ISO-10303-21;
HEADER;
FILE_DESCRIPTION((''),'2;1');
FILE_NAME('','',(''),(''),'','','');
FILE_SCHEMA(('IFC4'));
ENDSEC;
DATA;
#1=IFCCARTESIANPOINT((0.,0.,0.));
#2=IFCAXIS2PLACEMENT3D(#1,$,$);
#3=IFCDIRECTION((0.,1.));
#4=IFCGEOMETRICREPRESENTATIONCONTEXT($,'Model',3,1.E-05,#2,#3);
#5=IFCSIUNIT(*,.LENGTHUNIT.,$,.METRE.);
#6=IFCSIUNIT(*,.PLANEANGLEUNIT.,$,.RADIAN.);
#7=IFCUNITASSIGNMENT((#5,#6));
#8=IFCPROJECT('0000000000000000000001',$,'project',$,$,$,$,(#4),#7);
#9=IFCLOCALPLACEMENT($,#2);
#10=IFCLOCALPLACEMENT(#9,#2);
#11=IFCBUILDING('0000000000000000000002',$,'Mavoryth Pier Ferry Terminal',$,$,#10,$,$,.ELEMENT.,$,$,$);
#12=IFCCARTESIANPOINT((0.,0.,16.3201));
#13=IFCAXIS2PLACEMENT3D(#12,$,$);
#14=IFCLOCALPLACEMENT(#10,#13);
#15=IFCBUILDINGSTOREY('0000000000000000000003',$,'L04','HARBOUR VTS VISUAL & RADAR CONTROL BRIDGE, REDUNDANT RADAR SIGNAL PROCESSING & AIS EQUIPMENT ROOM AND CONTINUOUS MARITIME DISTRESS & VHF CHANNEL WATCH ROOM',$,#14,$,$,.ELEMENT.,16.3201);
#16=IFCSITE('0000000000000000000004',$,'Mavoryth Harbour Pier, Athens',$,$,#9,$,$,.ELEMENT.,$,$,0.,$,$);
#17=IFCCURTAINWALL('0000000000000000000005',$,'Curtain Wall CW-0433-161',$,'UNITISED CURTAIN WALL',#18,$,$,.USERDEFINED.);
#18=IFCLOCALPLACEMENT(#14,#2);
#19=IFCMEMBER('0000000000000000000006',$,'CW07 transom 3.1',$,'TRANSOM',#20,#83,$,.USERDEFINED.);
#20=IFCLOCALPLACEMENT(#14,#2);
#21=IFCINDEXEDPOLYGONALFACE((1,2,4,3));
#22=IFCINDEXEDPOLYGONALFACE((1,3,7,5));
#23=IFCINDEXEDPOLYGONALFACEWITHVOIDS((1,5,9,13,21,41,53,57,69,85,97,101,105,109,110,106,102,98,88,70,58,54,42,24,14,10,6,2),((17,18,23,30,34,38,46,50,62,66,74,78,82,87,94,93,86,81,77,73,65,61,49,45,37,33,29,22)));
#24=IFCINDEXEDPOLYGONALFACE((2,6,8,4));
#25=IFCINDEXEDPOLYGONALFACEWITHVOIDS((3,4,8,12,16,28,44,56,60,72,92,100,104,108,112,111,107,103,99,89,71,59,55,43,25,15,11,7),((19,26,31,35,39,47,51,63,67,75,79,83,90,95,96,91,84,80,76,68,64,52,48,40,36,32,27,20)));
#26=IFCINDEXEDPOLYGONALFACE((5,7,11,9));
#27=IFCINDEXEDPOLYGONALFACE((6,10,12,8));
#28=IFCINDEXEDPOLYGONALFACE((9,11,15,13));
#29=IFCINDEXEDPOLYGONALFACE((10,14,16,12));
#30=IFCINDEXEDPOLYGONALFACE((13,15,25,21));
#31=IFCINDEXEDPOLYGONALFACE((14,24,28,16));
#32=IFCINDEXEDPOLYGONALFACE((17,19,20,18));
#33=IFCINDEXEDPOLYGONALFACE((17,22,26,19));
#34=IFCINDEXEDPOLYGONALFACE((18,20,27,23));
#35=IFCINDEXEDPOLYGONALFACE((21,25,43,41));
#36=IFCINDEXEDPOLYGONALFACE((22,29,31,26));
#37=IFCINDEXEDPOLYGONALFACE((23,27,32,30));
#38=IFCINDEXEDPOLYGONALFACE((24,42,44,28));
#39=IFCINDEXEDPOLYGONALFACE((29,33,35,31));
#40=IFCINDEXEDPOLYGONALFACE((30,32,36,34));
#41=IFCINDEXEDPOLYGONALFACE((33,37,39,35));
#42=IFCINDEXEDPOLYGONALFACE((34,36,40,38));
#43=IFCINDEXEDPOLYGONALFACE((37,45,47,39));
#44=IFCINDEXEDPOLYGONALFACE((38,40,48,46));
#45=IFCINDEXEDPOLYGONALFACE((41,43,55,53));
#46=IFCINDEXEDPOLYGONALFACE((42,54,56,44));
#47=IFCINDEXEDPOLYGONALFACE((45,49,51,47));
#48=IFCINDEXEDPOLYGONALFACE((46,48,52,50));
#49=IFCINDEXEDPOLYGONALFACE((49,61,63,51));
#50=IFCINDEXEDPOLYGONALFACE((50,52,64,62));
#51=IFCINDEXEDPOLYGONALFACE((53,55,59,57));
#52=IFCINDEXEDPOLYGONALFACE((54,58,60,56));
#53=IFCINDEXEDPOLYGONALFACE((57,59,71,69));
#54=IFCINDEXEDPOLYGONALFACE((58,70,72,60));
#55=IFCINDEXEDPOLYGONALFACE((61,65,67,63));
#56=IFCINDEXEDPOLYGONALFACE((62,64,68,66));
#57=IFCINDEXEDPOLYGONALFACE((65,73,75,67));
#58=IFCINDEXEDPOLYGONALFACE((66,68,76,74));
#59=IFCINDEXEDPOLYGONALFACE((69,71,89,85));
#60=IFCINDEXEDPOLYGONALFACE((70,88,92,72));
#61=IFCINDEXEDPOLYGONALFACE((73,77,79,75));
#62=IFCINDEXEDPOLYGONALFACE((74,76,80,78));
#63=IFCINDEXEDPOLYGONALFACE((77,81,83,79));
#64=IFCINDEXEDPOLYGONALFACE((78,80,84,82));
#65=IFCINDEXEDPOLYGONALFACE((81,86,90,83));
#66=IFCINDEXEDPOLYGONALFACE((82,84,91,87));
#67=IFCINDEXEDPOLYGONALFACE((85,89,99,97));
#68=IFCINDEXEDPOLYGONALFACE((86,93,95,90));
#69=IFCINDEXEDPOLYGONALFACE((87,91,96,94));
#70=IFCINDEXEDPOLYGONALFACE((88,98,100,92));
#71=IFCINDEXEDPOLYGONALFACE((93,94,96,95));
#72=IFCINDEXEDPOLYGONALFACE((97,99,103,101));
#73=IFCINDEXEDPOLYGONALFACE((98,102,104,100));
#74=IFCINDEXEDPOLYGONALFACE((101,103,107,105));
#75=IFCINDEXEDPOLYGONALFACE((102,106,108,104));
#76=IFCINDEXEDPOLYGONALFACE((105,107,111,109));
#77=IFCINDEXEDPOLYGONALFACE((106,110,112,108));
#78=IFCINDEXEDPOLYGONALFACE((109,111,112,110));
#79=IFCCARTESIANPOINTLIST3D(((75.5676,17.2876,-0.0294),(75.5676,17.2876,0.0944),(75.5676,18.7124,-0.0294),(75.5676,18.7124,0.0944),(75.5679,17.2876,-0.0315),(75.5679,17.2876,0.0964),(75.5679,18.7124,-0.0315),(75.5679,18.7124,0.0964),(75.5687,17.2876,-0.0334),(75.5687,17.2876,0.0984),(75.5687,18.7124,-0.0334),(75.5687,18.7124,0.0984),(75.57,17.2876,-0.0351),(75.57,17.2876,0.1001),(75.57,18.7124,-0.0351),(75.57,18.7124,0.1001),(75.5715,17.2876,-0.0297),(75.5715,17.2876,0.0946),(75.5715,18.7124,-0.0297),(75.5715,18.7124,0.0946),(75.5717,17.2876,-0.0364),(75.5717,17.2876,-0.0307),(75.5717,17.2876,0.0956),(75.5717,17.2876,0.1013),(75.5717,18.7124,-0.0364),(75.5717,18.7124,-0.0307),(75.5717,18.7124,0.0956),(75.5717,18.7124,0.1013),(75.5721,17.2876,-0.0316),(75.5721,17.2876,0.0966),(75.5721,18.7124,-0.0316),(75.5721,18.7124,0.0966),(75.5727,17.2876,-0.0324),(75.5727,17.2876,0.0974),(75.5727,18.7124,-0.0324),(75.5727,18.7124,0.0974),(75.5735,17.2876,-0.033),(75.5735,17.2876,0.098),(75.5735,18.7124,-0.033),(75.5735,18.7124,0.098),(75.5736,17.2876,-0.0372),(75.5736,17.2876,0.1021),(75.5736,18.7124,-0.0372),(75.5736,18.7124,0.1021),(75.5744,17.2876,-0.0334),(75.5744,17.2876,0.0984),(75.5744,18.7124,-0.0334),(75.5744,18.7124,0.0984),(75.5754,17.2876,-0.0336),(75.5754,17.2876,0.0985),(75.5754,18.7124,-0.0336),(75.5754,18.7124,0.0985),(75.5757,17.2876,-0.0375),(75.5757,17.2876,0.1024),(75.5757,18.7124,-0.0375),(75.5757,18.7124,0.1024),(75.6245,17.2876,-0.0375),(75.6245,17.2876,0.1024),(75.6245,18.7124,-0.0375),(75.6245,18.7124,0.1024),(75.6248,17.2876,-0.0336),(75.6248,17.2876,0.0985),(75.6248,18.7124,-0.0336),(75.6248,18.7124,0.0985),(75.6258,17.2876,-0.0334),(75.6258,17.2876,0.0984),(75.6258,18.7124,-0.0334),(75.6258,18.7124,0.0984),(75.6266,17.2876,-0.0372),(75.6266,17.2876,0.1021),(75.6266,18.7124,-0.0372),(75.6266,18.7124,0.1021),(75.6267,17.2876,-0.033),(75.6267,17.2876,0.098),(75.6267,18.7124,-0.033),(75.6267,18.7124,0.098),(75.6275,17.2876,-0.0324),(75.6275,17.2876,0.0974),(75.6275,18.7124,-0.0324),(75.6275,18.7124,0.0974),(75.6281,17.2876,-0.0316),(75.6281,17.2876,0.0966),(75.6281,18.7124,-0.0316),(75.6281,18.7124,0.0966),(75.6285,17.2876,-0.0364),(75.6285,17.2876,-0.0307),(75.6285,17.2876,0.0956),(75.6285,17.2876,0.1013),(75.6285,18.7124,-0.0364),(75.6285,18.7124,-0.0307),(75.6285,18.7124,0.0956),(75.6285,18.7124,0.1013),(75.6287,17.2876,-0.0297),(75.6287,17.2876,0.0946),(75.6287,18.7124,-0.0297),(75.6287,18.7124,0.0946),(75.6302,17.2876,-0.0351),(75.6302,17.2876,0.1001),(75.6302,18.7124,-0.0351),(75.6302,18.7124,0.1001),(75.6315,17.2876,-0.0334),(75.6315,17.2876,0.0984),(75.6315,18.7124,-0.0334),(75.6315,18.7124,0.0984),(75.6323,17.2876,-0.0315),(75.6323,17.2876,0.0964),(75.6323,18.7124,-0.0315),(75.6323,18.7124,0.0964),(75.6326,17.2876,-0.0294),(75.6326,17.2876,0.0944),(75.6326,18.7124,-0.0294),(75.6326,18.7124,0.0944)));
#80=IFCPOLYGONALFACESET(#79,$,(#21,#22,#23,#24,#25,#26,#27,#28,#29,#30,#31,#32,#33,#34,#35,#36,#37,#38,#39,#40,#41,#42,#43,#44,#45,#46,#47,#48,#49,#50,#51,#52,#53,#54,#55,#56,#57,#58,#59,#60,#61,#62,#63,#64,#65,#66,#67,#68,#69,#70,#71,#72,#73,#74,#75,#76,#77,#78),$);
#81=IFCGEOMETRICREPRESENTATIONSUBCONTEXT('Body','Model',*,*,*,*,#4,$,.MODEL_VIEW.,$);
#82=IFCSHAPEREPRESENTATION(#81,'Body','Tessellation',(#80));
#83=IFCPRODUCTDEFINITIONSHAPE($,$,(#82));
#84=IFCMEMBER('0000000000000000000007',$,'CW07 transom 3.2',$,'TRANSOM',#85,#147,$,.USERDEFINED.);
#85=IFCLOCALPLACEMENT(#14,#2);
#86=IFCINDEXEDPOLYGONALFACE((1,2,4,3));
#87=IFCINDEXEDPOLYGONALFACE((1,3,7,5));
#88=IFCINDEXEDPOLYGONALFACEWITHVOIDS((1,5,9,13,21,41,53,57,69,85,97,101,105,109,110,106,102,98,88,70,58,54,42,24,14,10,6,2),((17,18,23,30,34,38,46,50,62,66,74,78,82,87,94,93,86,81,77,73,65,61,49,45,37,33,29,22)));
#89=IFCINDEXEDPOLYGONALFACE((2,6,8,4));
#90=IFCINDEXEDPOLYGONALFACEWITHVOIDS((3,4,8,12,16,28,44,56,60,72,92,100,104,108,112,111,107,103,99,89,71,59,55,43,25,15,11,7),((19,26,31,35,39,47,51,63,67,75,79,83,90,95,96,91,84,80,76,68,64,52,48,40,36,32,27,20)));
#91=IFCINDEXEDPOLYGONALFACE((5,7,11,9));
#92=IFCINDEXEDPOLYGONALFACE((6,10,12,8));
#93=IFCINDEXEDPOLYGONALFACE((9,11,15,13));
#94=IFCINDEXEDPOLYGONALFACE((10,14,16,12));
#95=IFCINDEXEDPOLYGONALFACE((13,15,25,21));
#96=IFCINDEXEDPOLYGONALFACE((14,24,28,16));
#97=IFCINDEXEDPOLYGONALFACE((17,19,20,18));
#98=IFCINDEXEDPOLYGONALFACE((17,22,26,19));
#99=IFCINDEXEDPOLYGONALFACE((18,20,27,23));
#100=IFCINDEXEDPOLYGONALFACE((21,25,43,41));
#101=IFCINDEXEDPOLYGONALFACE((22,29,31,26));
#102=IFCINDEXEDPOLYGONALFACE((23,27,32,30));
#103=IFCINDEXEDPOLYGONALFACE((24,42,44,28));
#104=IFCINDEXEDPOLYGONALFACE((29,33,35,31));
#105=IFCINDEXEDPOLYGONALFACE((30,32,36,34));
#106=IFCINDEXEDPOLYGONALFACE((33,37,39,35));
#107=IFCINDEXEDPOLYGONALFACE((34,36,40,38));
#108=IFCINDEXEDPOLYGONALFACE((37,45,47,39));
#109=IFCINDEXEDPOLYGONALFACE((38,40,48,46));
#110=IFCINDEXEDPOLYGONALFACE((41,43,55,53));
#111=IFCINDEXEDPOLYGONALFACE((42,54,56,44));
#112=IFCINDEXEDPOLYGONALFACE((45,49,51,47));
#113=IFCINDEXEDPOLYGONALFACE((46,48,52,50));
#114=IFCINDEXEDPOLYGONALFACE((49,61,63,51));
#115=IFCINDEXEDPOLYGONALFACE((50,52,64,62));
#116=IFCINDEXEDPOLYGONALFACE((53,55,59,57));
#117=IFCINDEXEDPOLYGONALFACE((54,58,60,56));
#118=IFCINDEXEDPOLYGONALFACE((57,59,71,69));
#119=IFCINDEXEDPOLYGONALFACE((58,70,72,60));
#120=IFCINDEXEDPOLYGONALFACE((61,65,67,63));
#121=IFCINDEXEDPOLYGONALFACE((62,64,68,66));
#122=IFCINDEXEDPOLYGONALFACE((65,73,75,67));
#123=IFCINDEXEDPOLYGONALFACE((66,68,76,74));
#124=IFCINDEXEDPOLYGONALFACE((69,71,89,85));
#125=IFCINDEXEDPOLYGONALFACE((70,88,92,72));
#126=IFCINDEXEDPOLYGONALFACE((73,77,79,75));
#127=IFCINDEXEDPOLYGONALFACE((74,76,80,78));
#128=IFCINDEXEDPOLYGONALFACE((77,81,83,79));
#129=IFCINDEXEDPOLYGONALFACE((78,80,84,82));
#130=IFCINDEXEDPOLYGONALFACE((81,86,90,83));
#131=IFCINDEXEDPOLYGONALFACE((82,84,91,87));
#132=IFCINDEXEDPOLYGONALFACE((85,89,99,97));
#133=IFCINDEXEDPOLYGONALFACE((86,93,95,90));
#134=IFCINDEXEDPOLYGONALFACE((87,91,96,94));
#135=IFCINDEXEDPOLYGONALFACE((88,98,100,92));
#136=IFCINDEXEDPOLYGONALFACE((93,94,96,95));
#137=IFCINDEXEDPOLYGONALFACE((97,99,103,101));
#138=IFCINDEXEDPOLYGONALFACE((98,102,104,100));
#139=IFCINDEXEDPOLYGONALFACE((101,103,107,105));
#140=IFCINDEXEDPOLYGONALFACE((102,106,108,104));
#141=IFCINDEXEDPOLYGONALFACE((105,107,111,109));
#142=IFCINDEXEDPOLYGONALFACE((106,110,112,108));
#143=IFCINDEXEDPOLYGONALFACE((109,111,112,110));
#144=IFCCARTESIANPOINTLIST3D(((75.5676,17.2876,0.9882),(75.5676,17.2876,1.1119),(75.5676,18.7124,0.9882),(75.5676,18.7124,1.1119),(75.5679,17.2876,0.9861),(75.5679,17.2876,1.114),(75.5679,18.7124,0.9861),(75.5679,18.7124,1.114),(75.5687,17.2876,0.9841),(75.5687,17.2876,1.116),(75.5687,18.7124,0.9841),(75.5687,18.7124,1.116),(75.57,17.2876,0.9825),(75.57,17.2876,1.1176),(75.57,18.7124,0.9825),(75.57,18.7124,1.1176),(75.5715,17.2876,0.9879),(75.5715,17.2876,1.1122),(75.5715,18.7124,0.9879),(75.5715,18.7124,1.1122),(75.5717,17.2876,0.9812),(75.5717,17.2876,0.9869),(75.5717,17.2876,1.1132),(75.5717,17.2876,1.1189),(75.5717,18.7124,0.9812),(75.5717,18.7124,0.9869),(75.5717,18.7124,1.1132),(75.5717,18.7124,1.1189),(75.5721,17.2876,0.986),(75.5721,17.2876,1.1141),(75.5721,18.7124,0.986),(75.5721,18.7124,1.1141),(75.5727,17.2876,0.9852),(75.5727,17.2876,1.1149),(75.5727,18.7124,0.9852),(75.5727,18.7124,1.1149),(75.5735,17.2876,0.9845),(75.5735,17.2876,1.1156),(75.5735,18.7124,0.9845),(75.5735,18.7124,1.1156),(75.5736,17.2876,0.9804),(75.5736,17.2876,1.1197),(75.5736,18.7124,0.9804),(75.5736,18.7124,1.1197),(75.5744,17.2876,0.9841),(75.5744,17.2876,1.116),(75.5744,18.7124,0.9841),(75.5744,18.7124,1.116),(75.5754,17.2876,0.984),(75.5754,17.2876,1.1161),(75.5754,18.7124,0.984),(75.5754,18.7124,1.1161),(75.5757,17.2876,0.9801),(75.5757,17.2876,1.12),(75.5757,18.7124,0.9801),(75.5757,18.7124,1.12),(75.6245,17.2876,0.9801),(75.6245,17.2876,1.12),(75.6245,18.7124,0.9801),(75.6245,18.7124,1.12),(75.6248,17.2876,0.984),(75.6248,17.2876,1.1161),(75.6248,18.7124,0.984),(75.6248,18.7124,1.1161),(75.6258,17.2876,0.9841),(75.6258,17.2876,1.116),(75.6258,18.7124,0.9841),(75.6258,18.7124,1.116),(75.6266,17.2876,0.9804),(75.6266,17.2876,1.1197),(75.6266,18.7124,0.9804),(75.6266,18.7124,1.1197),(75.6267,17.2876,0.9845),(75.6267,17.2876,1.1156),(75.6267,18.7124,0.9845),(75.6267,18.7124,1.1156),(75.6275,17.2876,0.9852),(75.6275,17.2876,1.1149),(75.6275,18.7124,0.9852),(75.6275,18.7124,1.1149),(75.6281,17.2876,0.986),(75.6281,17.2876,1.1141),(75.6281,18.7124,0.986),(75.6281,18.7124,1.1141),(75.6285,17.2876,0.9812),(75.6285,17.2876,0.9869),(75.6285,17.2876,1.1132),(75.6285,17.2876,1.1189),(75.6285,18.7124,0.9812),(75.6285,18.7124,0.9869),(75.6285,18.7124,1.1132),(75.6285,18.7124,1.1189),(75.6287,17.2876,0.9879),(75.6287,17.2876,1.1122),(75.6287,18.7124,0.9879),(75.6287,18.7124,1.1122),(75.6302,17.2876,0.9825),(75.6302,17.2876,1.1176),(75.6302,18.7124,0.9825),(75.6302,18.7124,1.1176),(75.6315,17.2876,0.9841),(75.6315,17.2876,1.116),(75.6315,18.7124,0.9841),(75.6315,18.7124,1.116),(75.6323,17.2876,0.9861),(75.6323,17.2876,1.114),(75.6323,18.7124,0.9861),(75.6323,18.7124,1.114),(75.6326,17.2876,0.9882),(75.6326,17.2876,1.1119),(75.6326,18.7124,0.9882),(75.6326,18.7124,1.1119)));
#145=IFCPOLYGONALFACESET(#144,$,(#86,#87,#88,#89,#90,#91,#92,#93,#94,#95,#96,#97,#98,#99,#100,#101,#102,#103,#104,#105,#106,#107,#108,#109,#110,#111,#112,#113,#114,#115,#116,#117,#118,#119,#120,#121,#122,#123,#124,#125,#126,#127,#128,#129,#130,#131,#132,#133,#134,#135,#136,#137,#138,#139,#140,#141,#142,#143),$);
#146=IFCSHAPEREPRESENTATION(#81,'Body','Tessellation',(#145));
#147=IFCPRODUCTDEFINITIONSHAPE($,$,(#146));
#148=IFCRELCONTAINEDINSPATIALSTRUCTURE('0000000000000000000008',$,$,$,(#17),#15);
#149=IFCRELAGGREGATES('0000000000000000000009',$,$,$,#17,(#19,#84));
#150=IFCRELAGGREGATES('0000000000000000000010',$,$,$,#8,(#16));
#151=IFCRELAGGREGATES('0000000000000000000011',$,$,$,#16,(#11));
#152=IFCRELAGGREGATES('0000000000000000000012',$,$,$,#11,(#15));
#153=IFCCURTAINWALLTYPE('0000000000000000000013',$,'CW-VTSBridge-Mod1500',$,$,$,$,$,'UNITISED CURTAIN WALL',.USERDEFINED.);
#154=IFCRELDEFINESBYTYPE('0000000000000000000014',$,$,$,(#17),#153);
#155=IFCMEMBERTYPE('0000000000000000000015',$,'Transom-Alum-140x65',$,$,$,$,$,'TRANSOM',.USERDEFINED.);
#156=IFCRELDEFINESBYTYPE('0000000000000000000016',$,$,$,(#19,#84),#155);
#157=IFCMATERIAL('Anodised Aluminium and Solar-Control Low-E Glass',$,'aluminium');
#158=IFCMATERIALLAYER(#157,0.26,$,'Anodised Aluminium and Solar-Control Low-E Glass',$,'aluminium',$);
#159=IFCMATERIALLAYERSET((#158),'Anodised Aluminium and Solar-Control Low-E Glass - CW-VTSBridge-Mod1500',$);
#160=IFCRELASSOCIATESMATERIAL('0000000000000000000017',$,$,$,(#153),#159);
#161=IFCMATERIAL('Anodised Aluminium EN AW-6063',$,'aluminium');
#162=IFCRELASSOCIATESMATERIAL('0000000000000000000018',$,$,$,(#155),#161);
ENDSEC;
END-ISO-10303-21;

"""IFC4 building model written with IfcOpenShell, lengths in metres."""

from ifc_helpers import new_model, si_unit, direction, frame, origin, origin_2d, place, context, subcontext, project, spatial, hollow_rectangle, extrude, material, layer, layer_set, material_profile, profile_set, type_object, element, aggregate, save


model = new_model("IFC4")

# Units and contexts
model_context = context("Model", 3, precision=1e-05, world=origin(), true_north=direction((0.0, 1.0)))
body_context = subcontext(model_context, "Body", "Model", "MODEL_VIEW")
ifc_project = project(units=[si_unit("LENGTHUNIT", "METRE"), si_unit("PLANEANGLEUNIT", "RADIAN")], contexts=[model_context])

# Site, building, storey
site_placement = place(None, origin())
site = spatial("IfcSite", under=ifc_project, at=site_placement, Name="Mavoryth Harbour Pier, Athens", CompositionType="ELEMENT", RefElevation=0.0)
building_placement = place(site_placement, origin())
building = spatial("IfcBuilding", under=site, at=building_placement, Name="Mavoryth Pier Ferry Terminal", CompositionType="ELEMENT")
storey_placement = place(building_placement, frame((0.0, 0.0, 16.3201)))
storey = spatial("IfcBuildingStorey", under=building, at=storey_placement, Name="L04", Description="HARBOUR VTS VISUAL & RADAR CONTROL BRIDGE, REDUNDANT RADAR SIGNAL PROCESSING & AIS EQUIPMENT ROOM AND CONTINUOUS MARITIME DISTRESS & VHF CHANNEL WATCH ROOM", CompositionType="ELEMENT", Elevation=16.3201)

# Curtain wall, members
ifc_material_1 = material(Name="Anodised Aluminium and Solar-Control Low-E Glass", Category="aluminium")
ifc_layer_1 = layer(ifc_material_1, 0.26, Name="Anodised Aluminium and Solar-Control Low-E Glass", Category="aluminium")
ifc_layer_set_1 = layer_set([ifc_layer_1], Name="Anodised Aluminium and Solar-Control Low-E Glass - CW-VTSBridge-Mod1500")
curtain_wall_type = type_object("IfcCurtainWallType", Name="CW-VTSBridge-Mod1500", ElementType="UNITISED CURTAIN WALL", PredefinedType="USERDEFINED", material=ifc_layer_set_1)
curtain_wall_placement = place(storey_placement, origin())
curtain_wall = element("IfcCurtainWall", 1, at=curtain_wall_placement, inside=storey, type_object=curtain_wall_type, Name="Curtain Wall CW-0433-161", ObjectType="UNITISED CURTAIN WALL", PredefinedType="USERDEFINED")
ifc_material_2 = material(Name="Anodised Aluminium EN AW-6063", Category="aluminium")
ifc_material_profile_1 = material_profile(ifc_material_2, hollow_rectangle(XDim=0.0649, YDim=0.1399, WallThickness=0.0039, InnerFilletRadius=0.0039, OuterFilletRadius=0.0081, at=origin_2d()), Name="AL-TRAN 140x65x4", Category="aluminium")
ifc_profile_set_1 = profile_set([ifc_material_profile_1], Name="Anodised Aluminium EN AW-6063 - AL-TRAN 140x65x4")
member_type_1 = type_object("IfcMemberType", Name="Transom-Alum-140x65", ElementType="TRANSOM", PredefinedType="USERDEFINED", material=ifc_profile_set_1)
member_1_placement = place(storey_placement, frame((75.6001, 17.2876, 0.0325), z_axis=(0.0, 1.0, 0.0), x_axis=(-1.0, 0.0, 0.0)))
member_1 = element("IfcMember", 2, at=member_1_placement, type_object=member_type_1, Name="CW07 transom 3.1", ObjectType="TRANSOM", PredefinedType="USERDEFINED", context=body_context, shape_type="SweptSolid", body=[
    extrude(hollow_rectangle(XDim=0.0649, YDim=0.1399, WallThickness=0.0039, InnerFilletRadius=0.0039, OuterFilletRadius=0.0081, at=origin_2d()), origin(), (0.0, 0.0, 1.0), 1.4248),
])
member_2_placement = place(storey_placement, frame((75.6001, 17.2876, 1.05), z_axis=(0.0, 1.0, 0.0), x_axis=(-1.0, 0.0, 0.0)))
member_2 = element("IfcMember", 3, at=member_2_placement, type_object=member_type_1, Name="CW07 transom 3.2", ObjectType="TRANSOM", PredefinedType="USERDEFINED", context=body_context, shape_type="SweptSolid", body=[
    extrude(hollow_rectangle(XDim=0.0649, YDim=0.1399, WallThickness=0.0039, InnerFilletRadius=0.0039, OuterFilletRadius=0.0081, at=origin_2d()), origin(), (0.0, 0.0, 1.0), 1.4248),
])
aggregate(curtain_wall, [member_1, member_2])

save(model, "model.ifc")
